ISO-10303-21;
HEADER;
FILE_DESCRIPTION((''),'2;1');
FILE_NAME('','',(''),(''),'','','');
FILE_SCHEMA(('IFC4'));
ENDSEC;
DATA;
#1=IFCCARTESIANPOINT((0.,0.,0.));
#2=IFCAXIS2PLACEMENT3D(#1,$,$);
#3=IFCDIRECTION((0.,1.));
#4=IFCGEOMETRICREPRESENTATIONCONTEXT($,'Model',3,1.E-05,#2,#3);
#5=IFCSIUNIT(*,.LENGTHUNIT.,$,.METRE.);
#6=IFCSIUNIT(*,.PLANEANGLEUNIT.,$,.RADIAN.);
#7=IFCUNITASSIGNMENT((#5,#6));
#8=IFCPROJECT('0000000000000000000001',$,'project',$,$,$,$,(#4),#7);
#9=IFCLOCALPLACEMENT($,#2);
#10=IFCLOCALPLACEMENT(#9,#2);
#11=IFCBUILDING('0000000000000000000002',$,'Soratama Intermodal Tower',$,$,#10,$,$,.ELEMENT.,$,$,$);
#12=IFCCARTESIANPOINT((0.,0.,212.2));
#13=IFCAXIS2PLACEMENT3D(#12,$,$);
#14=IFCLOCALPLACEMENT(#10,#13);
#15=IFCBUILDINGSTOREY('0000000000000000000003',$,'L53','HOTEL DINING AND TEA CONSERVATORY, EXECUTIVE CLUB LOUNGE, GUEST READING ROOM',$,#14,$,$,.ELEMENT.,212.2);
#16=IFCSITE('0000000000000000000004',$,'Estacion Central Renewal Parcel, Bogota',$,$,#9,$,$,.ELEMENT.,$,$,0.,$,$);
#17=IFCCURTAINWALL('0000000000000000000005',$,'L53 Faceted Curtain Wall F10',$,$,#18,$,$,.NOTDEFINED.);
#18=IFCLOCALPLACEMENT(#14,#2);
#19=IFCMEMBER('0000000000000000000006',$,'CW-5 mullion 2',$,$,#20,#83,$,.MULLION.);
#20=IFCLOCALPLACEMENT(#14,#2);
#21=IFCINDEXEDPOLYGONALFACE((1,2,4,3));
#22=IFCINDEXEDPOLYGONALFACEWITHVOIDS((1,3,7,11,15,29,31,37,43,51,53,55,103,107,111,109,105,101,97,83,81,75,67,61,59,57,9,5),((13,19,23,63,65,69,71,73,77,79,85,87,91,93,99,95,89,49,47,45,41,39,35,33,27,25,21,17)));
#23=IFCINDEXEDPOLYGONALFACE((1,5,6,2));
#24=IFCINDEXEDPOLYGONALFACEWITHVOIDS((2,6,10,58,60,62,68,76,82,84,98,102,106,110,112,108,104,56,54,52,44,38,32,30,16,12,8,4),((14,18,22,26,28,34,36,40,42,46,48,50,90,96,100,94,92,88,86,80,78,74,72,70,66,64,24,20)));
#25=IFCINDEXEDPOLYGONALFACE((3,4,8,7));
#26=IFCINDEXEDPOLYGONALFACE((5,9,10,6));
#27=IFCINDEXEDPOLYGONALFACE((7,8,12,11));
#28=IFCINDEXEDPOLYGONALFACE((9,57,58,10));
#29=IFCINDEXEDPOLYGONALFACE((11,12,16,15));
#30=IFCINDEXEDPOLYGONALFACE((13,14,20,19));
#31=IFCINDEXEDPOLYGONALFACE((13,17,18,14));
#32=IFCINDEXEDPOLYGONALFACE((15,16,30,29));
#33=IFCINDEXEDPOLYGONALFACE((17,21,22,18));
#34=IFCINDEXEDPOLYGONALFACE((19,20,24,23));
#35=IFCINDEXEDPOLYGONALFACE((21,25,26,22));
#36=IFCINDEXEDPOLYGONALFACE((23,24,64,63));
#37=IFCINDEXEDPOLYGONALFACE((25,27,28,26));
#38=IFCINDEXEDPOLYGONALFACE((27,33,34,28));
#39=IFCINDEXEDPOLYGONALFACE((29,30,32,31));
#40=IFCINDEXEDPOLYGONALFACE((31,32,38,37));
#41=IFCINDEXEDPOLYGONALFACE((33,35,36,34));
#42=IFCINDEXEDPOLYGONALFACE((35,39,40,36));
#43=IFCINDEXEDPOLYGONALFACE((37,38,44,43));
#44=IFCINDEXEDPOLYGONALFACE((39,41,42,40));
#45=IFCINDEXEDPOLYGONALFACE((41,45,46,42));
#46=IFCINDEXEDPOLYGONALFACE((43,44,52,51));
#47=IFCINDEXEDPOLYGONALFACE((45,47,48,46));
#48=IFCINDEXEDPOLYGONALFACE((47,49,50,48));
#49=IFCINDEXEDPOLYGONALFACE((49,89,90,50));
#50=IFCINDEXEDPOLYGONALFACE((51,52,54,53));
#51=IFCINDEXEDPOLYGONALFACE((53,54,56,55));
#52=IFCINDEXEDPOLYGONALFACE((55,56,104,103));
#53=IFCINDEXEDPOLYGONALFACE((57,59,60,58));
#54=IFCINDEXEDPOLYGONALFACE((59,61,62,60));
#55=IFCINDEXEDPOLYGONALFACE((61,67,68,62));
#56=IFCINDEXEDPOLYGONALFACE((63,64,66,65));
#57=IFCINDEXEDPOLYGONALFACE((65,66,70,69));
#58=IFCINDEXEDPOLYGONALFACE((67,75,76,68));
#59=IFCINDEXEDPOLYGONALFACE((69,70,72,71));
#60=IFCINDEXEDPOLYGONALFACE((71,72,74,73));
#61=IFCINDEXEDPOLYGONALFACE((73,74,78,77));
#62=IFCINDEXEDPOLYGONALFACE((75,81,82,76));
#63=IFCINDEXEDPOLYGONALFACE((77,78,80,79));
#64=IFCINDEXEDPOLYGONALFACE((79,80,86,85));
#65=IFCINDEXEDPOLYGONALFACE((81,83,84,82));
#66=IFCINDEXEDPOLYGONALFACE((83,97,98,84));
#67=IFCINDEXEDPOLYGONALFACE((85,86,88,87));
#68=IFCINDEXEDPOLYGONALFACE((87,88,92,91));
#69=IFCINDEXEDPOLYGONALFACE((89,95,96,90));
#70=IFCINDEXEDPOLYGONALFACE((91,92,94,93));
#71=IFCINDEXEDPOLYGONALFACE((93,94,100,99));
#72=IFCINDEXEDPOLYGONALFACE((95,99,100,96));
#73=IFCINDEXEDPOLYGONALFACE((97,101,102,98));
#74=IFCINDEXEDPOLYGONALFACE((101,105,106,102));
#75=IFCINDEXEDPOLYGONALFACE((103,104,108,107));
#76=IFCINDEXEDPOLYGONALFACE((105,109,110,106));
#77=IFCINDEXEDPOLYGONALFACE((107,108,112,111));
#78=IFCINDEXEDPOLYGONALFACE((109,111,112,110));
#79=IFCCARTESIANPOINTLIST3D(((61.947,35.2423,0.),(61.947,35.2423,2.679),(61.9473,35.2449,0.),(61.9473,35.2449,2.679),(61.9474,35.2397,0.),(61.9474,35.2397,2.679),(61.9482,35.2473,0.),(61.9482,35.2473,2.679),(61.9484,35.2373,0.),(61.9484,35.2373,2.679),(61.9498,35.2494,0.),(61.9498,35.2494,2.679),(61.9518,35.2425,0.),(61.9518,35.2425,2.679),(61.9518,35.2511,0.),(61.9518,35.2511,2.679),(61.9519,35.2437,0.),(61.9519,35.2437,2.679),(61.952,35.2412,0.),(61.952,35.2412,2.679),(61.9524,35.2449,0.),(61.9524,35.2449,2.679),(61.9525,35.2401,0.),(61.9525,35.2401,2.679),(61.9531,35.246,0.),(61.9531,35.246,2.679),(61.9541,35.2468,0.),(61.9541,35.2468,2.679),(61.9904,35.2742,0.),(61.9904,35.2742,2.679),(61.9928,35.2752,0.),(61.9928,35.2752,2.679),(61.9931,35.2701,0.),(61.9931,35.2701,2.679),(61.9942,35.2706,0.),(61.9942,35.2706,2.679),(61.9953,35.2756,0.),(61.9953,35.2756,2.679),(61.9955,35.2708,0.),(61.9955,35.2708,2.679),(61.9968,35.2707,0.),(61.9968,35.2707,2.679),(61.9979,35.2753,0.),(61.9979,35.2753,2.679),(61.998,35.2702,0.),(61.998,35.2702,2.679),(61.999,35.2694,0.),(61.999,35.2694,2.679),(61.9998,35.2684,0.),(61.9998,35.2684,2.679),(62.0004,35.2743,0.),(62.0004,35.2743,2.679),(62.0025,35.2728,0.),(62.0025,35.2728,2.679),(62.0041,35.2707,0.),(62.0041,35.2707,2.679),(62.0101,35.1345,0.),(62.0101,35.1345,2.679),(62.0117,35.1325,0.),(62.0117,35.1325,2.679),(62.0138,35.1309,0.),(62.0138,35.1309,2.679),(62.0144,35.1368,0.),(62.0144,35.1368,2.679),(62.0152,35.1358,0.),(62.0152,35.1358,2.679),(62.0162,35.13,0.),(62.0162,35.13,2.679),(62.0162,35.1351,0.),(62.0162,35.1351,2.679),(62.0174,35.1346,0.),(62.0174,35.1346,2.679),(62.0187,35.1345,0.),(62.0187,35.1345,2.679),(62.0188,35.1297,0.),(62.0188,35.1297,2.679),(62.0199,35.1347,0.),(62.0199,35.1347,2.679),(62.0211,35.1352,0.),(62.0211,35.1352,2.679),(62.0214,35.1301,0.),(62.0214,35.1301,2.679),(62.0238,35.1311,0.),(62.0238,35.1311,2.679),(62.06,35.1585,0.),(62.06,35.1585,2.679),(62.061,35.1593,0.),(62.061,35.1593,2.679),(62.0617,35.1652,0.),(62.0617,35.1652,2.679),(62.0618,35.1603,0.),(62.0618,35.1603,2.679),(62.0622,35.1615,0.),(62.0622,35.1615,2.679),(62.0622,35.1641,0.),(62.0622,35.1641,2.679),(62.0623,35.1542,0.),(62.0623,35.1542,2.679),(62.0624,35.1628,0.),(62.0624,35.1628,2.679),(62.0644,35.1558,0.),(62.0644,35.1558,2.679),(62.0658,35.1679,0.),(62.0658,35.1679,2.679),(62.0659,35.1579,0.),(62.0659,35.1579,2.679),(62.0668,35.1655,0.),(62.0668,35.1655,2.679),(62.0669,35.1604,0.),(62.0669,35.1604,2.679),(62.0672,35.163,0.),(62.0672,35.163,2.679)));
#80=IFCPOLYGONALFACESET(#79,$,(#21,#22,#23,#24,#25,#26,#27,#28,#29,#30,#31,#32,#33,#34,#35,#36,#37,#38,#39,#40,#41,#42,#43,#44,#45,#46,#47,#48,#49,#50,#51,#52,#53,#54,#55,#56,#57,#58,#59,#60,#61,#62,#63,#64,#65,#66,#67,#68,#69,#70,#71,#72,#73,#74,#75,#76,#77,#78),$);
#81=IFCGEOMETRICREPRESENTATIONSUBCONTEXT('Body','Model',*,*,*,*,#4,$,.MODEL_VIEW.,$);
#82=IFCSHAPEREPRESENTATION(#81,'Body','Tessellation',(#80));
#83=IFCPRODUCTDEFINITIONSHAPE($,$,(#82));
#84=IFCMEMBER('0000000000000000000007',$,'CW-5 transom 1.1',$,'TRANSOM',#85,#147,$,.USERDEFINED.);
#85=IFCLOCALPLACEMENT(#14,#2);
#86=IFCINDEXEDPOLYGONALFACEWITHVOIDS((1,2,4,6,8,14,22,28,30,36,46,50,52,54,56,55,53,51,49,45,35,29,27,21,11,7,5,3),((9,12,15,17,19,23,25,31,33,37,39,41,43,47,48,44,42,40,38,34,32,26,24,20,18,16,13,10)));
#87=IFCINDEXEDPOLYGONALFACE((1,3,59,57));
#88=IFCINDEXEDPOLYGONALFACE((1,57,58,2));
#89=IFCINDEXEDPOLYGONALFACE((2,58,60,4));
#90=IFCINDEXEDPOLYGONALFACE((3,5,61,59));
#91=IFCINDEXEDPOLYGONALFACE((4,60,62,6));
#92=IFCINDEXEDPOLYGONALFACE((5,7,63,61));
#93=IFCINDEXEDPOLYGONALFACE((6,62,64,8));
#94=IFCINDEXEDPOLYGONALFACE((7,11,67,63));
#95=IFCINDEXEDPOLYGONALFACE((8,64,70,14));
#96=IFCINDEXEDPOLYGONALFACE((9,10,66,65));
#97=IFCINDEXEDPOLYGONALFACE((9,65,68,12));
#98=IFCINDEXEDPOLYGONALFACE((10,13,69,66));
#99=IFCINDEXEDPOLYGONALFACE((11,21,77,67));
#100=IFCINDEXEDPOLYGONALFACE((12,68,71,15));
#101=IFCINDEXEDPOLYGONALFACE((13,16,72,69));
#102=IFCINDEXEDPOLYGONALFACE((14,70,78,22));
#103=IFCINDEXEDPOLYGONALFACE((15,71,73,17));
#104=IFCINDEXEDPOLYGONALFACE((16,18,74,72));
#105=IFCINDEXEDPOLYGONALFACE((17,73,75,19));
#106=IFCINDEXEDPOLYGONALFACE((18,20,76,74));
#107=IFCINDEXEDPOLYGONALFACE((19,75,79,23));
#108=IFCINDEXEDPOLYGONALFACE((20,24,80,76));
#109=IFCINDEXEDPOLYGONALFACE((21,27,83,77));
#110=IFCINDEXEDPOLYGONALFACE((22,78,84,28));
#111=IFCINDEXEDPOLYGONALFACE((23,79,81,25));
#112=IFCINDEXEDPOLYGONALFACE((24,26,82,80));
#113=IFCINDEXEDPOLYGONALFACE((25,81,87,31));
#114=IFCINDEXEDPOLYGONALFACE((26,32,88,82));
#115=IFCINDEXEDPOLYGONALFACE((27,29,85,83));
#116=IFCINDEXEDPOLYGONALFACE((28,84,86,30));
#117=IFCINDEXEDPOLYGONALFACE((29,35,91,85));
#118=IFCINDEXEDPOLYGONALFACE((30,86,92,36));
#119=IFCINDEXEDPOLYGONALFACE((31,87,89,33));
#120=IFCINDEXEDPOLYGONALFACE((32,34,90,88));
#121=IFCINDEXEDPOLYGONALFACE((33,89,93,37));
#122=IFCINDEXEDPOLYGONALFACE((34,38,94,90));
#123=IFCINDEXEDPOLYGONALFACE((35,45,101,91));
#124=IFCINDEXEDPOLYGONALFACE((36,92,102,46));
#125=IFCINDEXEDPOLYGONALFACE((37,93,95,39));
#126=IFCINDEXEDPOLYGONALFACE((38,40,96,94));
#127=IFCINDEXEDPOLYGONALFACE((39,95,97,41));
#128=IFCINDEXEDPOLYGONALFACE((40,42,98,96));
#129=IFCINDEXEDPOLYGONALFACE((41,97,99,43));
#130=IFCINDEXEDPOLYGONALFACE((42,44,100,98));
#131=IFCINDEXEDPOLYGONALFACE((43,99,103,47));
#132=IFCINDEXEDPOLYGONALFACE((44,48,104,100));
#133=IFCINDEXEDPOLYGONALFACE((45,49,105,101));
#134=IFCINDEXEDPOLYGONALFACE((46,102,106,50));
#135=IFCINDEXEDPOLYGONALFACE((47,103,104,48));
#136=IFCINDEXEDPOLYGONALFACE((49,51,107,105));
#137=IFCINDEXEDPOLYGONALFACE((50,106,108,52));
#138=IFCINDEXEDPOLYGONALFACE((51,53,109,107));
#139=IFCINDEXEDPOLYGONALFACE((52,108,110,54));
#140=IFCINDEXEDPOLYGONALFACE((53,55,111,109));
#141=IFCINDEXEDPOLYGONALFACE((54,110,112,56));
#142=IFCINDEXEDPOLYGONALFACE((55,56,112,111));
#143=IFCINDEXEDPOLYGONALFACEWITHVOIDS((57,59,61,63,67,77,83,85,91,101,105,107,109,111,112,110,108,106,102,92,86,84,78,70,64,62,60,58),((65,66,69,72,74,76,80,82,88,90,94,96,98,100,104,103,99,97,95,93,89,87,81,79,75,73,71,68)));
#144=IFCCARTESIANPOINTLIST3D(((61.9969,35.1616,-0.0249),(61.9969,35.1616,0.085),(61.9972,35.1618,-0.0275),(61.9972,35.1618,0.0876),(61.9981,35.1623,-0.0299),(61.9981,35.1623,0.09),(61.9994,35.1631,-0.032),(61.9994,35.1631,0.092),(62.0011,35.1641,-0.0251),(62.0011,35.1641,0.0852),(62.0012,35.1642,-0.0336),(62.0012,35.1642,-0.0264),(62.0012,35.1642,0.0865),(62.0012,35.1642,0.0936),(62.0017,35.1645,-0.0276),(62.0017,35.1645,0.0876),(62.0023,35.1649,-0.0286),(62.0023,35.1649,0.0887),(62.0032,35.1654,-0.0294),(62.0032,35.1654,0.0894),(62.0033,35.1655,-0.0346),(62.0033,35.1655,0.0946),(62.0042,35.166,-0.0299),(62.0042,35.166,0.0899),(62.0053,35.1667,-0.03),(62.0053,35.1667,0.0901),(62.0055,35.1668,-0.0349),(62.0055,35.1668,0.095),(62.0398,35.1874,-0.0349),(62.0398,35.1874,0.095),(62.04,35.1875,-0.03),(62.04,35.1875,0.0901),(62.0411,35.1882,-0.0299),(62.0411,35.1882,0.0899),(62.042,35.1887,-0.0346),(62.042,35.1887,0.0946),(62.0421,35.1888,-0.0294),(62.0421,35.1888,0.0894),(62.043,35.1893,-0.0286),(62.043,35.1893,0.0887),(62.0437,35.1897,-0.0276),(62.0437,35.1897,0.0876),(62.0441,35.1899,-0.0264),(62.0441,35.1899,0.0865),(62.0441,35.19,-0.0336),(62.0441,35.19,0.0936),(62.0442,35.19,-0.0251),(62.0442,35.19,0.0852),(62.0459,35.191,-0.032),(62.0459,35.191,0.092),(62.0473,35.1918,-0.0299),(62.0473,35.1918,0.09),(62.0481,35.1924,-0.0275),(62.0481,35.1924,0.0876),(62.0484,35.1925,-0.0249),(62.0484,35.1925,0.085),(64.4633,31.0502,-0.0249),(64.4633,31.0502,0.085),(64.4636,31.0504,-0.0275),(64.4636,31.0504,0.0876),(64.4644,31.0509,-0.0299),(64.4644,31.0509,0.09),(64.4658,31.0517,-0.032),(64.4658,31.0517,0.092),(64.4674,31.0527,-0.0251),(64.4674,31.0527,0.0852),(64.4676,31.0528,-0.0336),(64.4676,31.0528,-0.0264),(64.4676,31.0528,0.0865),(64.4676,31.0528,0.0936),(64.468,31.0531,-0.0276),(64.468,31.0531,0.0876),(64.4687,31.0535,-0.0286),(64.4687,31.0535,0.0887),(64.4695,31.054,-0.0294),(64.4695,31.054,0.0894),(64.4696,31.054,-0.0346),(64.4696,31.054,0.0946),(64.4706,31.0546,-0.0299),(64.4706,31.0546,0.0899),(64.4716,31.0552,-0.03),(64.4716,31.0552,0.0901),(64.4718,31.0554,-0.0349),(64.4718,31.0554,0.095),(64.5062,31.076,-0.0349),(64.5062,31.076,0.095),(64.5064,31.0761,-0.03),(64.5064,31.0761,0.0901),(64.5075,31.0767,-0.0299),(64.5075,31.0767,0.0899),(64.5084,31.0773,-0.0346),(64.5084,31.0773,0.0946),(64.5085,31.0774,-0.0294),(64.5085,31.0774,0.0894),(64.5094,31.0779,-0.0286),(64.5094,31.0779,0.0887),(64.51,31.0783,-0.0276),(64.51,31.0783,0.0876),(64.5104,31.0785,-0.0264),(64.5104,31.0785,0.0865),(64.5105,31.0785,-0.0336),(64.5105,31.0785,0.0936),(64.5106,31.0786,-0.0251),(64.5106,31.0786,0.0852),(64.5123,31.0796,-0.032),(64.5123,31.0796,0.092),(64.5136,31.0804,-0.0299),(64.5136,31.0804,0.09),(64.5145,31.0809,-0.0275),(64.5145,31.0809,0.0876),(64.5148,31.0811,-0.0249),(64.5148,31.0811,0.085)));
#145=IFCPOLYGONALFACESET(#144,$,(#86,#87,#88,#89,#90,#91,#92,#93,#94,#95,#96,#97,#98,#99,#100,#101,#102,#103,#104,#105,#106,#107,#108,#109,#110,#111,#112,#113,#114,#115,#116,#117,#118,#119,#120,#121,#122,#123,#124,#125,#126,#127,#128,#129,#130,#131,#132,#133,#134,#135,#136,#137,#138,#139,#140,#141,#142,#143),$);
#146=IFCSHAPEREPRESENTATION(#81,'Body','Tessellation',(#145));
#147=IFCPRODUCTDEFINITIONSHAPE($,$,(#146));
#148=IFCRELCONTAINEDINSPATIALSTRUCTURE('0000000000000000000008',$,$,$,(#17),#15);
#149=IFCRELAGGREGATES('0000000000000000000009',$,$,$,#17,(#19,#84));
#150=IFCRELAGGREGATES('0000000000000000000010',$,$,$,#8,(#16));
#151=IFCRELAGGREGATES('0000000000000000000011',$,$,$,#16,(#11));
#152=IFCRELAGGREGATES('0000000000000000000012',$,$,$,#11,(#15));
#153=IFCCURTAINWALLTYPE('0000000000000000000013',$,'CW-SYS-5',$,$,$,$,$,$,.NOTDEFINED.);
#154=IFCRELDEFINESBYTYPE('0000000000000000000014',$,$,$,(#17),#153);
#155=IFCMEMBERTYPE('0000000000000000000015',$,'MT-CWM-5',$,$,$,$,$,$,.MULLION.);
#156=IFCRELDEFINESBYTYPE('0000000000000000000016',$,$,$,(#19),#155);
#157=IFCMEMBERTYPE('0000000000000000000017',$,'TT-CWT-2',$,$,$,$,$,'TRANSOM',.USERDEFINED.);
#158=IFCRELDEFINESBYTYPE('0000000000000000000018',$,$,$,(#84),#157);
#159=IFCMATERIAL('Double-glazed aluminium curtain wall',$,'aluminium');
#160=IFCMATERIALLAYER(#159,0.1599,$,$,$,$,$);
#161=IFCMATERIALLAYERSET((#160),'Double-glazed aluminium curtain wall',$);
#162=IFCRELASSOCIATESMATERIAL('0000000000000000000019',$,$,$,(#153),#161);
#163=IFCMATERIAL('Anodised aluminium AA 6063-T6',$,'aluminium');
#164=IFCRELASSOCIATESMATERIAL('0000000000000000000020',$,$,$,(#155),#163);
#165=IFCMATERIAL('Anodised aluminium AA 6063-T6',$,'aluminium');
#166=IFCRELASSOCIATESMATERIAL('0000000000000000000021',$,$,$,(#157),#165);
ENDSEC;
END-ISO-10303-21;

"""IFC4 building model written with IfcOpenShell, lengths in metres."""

from ifc_helpers import new_model, si_unit, direction, frame, origin, origin_2d, place, context, subcontext, project, spatial, hollow_rectangle, extrude, material, layer, layer_set, material_profile, profile_set, type_object, element, aggregate, save


model = new_model("IFC4")

# Units and contexts
model_context = context("Model", 3, precision=1e-05, world=origin(), true_north=direction((0.0, 1.0)))
body_context = subcontext(model_context, "Body", "Model", "MODEL_VIEW")
ifc_project = project(units=[si_unit("LENGTHUNIT", "METRE"), si_unit("PLANEANGLEUNIT", "RADIAN")], contexts=[model_context])

# Site, building, storey
site_placement = place(None, origin())
site = spatial("IfcSite", under=ifc_project, at=site_placement, Name="Estacion Central Renewal Parcel, Bogota", CompositionType="ELEMENT", RefElevation=0.0)
building_placement = place(site_placement, origin())
building = spatial("IfcBuilding", under=site, at=building_placement, Name="Soratama Intermodal Tower", CompositionType="ELEMENT")
storey_placement = place(building_placement, frame((0.0, 0.0, 212.2)))
storey = spatial("IfcBuildingStorey", under=building, at=storey_placement, Name="L53", Description="HOTEL DINING AND TEA CONSERVATORY, EXECUTIVE CLUB LOUNGE, GUEST READING ROOM", CompositionType="ELEMENT", Elevation=212.2)

# Shared definitions
ifc_material_1 = material(Name="Double-glazed aluminium curtain wall", Category="aluminium")
ifc_layer_1 = layer(ifc_material_1, 0.1599)
ifc_layer_set_1 = layer_set([ifc_layer_1], Name="Double-glazed aluminium curtain wall")
curtain_wall_type = type_object("IfcCurtainWallType", Name="CW-SYS-5", PredefinedType="NOTDEFINED", material=ifc_layer_set_1)
ifc_material_2 = material(Name="Anodised aluminium AA 6063-T6", Category="aluminium")
ifc_material_profile_1 = material_profile(ifc_material_2, hollow_rectangle(XDim=0.0649, YDim=0.1399, WallThickness=0.0049, InnerFilletRadius=0.0049, OuterFilletRadius=0.01, at=origin_2d()), Name="CWM140X65X5")
ifc_profile_set_1 = profile_set([ifc_material_profile_1], Name="Anodised aluminium AA 6063-T6")
member_type_1 = type_object("IfcMemberType", Name="MT-CWM-5", PredefinedType="MULLION", material=ifc_profile_set_1)

# Curtain wall, members
curtain_wall_1_placement = place(storey_placement, origin())
curtain_wall_1 = element("IfcCurtainWall", 1, at=curtain_wall_1_placement, inside=storey, type_object=curtain_wall_type, Name="L53 Faceted Curtain Wall F10", PredefinedType="NOTDEFINED")
member_1_placement = place(storey_placement, frame((62.0071, 35.2026, 0.0), z_axis=(0.0, 0.0, 1.0), x_axis=(-0.857527, -0.514439, 0.0)))
member_1 = element("IfcMember", 2, at=member_1_placement, type_object=member_type_1, Name="CW-5 mullion 2", PredefinedType="MULLION", context=body_context, shape_type="SweptSolid", body=[
    extrude(hollow_rectangle(XDim=0.0649, YDim=0.1399, WallThickness=0.0049, InnerFilletRadius=0.0049, OuterFilletRadius=0.01, at=origin_2d()), origin(), (0.0, 0.0, 1.0), 2.679),
])
ifc_material_3 = material(Name="Anodised aluminium AA 6063-T6", Category="aluminium")
ifc_material_profile_2 = material_profile(ifc_material_3, hollow_rectangle(XDim=0.0601, YDim=0.1299, WallThickness=0.0049, InnerFilletRadius=0.0049, OuterFilletRadius=0.01, at=origin_2d()), Name="CWT130X60X5")
ifc_profile_set_2 = profile_set([ifc_material_profile_2], Name="Anodised aluminium AA 6063-T6")
member_type_2 = type_object("IfcMemberType", Name="TT-CWT-2", ElementType="TRANSOM", PredefinedType="USERDEFINED", material=ifc_profile_set_2)
member_2_placement = place(storey_placement, frame((64.489, 31.0657, 0.03), z_axis=(-0.514421, 0.857538, 0.0), x_axis=(-0.857538, -0.514421, 0.0)))
member_2 = element("IfcMember", 3, at=member_2_placement, type_object=member_type_2, Name="CW-5 transom 1.1", ObjectType="TRANSOM", PredefinedType="USERDEFINED", context=body_context, shape_type="SweptSolid", body=[
    extrude(hollow_rectangle(XDim=0.0601, YDim=0.1299, WallThickness=0.0049, InnerFilletRadius=0.0049, OuterFilletRadius=0.01, at=origin_2d()), origin(), (0.0, 0.0, 1.0), 4.7944),
])

aggregate(curtain_wall_1, [member_1, member_2])

save(model, "model.ifc")
